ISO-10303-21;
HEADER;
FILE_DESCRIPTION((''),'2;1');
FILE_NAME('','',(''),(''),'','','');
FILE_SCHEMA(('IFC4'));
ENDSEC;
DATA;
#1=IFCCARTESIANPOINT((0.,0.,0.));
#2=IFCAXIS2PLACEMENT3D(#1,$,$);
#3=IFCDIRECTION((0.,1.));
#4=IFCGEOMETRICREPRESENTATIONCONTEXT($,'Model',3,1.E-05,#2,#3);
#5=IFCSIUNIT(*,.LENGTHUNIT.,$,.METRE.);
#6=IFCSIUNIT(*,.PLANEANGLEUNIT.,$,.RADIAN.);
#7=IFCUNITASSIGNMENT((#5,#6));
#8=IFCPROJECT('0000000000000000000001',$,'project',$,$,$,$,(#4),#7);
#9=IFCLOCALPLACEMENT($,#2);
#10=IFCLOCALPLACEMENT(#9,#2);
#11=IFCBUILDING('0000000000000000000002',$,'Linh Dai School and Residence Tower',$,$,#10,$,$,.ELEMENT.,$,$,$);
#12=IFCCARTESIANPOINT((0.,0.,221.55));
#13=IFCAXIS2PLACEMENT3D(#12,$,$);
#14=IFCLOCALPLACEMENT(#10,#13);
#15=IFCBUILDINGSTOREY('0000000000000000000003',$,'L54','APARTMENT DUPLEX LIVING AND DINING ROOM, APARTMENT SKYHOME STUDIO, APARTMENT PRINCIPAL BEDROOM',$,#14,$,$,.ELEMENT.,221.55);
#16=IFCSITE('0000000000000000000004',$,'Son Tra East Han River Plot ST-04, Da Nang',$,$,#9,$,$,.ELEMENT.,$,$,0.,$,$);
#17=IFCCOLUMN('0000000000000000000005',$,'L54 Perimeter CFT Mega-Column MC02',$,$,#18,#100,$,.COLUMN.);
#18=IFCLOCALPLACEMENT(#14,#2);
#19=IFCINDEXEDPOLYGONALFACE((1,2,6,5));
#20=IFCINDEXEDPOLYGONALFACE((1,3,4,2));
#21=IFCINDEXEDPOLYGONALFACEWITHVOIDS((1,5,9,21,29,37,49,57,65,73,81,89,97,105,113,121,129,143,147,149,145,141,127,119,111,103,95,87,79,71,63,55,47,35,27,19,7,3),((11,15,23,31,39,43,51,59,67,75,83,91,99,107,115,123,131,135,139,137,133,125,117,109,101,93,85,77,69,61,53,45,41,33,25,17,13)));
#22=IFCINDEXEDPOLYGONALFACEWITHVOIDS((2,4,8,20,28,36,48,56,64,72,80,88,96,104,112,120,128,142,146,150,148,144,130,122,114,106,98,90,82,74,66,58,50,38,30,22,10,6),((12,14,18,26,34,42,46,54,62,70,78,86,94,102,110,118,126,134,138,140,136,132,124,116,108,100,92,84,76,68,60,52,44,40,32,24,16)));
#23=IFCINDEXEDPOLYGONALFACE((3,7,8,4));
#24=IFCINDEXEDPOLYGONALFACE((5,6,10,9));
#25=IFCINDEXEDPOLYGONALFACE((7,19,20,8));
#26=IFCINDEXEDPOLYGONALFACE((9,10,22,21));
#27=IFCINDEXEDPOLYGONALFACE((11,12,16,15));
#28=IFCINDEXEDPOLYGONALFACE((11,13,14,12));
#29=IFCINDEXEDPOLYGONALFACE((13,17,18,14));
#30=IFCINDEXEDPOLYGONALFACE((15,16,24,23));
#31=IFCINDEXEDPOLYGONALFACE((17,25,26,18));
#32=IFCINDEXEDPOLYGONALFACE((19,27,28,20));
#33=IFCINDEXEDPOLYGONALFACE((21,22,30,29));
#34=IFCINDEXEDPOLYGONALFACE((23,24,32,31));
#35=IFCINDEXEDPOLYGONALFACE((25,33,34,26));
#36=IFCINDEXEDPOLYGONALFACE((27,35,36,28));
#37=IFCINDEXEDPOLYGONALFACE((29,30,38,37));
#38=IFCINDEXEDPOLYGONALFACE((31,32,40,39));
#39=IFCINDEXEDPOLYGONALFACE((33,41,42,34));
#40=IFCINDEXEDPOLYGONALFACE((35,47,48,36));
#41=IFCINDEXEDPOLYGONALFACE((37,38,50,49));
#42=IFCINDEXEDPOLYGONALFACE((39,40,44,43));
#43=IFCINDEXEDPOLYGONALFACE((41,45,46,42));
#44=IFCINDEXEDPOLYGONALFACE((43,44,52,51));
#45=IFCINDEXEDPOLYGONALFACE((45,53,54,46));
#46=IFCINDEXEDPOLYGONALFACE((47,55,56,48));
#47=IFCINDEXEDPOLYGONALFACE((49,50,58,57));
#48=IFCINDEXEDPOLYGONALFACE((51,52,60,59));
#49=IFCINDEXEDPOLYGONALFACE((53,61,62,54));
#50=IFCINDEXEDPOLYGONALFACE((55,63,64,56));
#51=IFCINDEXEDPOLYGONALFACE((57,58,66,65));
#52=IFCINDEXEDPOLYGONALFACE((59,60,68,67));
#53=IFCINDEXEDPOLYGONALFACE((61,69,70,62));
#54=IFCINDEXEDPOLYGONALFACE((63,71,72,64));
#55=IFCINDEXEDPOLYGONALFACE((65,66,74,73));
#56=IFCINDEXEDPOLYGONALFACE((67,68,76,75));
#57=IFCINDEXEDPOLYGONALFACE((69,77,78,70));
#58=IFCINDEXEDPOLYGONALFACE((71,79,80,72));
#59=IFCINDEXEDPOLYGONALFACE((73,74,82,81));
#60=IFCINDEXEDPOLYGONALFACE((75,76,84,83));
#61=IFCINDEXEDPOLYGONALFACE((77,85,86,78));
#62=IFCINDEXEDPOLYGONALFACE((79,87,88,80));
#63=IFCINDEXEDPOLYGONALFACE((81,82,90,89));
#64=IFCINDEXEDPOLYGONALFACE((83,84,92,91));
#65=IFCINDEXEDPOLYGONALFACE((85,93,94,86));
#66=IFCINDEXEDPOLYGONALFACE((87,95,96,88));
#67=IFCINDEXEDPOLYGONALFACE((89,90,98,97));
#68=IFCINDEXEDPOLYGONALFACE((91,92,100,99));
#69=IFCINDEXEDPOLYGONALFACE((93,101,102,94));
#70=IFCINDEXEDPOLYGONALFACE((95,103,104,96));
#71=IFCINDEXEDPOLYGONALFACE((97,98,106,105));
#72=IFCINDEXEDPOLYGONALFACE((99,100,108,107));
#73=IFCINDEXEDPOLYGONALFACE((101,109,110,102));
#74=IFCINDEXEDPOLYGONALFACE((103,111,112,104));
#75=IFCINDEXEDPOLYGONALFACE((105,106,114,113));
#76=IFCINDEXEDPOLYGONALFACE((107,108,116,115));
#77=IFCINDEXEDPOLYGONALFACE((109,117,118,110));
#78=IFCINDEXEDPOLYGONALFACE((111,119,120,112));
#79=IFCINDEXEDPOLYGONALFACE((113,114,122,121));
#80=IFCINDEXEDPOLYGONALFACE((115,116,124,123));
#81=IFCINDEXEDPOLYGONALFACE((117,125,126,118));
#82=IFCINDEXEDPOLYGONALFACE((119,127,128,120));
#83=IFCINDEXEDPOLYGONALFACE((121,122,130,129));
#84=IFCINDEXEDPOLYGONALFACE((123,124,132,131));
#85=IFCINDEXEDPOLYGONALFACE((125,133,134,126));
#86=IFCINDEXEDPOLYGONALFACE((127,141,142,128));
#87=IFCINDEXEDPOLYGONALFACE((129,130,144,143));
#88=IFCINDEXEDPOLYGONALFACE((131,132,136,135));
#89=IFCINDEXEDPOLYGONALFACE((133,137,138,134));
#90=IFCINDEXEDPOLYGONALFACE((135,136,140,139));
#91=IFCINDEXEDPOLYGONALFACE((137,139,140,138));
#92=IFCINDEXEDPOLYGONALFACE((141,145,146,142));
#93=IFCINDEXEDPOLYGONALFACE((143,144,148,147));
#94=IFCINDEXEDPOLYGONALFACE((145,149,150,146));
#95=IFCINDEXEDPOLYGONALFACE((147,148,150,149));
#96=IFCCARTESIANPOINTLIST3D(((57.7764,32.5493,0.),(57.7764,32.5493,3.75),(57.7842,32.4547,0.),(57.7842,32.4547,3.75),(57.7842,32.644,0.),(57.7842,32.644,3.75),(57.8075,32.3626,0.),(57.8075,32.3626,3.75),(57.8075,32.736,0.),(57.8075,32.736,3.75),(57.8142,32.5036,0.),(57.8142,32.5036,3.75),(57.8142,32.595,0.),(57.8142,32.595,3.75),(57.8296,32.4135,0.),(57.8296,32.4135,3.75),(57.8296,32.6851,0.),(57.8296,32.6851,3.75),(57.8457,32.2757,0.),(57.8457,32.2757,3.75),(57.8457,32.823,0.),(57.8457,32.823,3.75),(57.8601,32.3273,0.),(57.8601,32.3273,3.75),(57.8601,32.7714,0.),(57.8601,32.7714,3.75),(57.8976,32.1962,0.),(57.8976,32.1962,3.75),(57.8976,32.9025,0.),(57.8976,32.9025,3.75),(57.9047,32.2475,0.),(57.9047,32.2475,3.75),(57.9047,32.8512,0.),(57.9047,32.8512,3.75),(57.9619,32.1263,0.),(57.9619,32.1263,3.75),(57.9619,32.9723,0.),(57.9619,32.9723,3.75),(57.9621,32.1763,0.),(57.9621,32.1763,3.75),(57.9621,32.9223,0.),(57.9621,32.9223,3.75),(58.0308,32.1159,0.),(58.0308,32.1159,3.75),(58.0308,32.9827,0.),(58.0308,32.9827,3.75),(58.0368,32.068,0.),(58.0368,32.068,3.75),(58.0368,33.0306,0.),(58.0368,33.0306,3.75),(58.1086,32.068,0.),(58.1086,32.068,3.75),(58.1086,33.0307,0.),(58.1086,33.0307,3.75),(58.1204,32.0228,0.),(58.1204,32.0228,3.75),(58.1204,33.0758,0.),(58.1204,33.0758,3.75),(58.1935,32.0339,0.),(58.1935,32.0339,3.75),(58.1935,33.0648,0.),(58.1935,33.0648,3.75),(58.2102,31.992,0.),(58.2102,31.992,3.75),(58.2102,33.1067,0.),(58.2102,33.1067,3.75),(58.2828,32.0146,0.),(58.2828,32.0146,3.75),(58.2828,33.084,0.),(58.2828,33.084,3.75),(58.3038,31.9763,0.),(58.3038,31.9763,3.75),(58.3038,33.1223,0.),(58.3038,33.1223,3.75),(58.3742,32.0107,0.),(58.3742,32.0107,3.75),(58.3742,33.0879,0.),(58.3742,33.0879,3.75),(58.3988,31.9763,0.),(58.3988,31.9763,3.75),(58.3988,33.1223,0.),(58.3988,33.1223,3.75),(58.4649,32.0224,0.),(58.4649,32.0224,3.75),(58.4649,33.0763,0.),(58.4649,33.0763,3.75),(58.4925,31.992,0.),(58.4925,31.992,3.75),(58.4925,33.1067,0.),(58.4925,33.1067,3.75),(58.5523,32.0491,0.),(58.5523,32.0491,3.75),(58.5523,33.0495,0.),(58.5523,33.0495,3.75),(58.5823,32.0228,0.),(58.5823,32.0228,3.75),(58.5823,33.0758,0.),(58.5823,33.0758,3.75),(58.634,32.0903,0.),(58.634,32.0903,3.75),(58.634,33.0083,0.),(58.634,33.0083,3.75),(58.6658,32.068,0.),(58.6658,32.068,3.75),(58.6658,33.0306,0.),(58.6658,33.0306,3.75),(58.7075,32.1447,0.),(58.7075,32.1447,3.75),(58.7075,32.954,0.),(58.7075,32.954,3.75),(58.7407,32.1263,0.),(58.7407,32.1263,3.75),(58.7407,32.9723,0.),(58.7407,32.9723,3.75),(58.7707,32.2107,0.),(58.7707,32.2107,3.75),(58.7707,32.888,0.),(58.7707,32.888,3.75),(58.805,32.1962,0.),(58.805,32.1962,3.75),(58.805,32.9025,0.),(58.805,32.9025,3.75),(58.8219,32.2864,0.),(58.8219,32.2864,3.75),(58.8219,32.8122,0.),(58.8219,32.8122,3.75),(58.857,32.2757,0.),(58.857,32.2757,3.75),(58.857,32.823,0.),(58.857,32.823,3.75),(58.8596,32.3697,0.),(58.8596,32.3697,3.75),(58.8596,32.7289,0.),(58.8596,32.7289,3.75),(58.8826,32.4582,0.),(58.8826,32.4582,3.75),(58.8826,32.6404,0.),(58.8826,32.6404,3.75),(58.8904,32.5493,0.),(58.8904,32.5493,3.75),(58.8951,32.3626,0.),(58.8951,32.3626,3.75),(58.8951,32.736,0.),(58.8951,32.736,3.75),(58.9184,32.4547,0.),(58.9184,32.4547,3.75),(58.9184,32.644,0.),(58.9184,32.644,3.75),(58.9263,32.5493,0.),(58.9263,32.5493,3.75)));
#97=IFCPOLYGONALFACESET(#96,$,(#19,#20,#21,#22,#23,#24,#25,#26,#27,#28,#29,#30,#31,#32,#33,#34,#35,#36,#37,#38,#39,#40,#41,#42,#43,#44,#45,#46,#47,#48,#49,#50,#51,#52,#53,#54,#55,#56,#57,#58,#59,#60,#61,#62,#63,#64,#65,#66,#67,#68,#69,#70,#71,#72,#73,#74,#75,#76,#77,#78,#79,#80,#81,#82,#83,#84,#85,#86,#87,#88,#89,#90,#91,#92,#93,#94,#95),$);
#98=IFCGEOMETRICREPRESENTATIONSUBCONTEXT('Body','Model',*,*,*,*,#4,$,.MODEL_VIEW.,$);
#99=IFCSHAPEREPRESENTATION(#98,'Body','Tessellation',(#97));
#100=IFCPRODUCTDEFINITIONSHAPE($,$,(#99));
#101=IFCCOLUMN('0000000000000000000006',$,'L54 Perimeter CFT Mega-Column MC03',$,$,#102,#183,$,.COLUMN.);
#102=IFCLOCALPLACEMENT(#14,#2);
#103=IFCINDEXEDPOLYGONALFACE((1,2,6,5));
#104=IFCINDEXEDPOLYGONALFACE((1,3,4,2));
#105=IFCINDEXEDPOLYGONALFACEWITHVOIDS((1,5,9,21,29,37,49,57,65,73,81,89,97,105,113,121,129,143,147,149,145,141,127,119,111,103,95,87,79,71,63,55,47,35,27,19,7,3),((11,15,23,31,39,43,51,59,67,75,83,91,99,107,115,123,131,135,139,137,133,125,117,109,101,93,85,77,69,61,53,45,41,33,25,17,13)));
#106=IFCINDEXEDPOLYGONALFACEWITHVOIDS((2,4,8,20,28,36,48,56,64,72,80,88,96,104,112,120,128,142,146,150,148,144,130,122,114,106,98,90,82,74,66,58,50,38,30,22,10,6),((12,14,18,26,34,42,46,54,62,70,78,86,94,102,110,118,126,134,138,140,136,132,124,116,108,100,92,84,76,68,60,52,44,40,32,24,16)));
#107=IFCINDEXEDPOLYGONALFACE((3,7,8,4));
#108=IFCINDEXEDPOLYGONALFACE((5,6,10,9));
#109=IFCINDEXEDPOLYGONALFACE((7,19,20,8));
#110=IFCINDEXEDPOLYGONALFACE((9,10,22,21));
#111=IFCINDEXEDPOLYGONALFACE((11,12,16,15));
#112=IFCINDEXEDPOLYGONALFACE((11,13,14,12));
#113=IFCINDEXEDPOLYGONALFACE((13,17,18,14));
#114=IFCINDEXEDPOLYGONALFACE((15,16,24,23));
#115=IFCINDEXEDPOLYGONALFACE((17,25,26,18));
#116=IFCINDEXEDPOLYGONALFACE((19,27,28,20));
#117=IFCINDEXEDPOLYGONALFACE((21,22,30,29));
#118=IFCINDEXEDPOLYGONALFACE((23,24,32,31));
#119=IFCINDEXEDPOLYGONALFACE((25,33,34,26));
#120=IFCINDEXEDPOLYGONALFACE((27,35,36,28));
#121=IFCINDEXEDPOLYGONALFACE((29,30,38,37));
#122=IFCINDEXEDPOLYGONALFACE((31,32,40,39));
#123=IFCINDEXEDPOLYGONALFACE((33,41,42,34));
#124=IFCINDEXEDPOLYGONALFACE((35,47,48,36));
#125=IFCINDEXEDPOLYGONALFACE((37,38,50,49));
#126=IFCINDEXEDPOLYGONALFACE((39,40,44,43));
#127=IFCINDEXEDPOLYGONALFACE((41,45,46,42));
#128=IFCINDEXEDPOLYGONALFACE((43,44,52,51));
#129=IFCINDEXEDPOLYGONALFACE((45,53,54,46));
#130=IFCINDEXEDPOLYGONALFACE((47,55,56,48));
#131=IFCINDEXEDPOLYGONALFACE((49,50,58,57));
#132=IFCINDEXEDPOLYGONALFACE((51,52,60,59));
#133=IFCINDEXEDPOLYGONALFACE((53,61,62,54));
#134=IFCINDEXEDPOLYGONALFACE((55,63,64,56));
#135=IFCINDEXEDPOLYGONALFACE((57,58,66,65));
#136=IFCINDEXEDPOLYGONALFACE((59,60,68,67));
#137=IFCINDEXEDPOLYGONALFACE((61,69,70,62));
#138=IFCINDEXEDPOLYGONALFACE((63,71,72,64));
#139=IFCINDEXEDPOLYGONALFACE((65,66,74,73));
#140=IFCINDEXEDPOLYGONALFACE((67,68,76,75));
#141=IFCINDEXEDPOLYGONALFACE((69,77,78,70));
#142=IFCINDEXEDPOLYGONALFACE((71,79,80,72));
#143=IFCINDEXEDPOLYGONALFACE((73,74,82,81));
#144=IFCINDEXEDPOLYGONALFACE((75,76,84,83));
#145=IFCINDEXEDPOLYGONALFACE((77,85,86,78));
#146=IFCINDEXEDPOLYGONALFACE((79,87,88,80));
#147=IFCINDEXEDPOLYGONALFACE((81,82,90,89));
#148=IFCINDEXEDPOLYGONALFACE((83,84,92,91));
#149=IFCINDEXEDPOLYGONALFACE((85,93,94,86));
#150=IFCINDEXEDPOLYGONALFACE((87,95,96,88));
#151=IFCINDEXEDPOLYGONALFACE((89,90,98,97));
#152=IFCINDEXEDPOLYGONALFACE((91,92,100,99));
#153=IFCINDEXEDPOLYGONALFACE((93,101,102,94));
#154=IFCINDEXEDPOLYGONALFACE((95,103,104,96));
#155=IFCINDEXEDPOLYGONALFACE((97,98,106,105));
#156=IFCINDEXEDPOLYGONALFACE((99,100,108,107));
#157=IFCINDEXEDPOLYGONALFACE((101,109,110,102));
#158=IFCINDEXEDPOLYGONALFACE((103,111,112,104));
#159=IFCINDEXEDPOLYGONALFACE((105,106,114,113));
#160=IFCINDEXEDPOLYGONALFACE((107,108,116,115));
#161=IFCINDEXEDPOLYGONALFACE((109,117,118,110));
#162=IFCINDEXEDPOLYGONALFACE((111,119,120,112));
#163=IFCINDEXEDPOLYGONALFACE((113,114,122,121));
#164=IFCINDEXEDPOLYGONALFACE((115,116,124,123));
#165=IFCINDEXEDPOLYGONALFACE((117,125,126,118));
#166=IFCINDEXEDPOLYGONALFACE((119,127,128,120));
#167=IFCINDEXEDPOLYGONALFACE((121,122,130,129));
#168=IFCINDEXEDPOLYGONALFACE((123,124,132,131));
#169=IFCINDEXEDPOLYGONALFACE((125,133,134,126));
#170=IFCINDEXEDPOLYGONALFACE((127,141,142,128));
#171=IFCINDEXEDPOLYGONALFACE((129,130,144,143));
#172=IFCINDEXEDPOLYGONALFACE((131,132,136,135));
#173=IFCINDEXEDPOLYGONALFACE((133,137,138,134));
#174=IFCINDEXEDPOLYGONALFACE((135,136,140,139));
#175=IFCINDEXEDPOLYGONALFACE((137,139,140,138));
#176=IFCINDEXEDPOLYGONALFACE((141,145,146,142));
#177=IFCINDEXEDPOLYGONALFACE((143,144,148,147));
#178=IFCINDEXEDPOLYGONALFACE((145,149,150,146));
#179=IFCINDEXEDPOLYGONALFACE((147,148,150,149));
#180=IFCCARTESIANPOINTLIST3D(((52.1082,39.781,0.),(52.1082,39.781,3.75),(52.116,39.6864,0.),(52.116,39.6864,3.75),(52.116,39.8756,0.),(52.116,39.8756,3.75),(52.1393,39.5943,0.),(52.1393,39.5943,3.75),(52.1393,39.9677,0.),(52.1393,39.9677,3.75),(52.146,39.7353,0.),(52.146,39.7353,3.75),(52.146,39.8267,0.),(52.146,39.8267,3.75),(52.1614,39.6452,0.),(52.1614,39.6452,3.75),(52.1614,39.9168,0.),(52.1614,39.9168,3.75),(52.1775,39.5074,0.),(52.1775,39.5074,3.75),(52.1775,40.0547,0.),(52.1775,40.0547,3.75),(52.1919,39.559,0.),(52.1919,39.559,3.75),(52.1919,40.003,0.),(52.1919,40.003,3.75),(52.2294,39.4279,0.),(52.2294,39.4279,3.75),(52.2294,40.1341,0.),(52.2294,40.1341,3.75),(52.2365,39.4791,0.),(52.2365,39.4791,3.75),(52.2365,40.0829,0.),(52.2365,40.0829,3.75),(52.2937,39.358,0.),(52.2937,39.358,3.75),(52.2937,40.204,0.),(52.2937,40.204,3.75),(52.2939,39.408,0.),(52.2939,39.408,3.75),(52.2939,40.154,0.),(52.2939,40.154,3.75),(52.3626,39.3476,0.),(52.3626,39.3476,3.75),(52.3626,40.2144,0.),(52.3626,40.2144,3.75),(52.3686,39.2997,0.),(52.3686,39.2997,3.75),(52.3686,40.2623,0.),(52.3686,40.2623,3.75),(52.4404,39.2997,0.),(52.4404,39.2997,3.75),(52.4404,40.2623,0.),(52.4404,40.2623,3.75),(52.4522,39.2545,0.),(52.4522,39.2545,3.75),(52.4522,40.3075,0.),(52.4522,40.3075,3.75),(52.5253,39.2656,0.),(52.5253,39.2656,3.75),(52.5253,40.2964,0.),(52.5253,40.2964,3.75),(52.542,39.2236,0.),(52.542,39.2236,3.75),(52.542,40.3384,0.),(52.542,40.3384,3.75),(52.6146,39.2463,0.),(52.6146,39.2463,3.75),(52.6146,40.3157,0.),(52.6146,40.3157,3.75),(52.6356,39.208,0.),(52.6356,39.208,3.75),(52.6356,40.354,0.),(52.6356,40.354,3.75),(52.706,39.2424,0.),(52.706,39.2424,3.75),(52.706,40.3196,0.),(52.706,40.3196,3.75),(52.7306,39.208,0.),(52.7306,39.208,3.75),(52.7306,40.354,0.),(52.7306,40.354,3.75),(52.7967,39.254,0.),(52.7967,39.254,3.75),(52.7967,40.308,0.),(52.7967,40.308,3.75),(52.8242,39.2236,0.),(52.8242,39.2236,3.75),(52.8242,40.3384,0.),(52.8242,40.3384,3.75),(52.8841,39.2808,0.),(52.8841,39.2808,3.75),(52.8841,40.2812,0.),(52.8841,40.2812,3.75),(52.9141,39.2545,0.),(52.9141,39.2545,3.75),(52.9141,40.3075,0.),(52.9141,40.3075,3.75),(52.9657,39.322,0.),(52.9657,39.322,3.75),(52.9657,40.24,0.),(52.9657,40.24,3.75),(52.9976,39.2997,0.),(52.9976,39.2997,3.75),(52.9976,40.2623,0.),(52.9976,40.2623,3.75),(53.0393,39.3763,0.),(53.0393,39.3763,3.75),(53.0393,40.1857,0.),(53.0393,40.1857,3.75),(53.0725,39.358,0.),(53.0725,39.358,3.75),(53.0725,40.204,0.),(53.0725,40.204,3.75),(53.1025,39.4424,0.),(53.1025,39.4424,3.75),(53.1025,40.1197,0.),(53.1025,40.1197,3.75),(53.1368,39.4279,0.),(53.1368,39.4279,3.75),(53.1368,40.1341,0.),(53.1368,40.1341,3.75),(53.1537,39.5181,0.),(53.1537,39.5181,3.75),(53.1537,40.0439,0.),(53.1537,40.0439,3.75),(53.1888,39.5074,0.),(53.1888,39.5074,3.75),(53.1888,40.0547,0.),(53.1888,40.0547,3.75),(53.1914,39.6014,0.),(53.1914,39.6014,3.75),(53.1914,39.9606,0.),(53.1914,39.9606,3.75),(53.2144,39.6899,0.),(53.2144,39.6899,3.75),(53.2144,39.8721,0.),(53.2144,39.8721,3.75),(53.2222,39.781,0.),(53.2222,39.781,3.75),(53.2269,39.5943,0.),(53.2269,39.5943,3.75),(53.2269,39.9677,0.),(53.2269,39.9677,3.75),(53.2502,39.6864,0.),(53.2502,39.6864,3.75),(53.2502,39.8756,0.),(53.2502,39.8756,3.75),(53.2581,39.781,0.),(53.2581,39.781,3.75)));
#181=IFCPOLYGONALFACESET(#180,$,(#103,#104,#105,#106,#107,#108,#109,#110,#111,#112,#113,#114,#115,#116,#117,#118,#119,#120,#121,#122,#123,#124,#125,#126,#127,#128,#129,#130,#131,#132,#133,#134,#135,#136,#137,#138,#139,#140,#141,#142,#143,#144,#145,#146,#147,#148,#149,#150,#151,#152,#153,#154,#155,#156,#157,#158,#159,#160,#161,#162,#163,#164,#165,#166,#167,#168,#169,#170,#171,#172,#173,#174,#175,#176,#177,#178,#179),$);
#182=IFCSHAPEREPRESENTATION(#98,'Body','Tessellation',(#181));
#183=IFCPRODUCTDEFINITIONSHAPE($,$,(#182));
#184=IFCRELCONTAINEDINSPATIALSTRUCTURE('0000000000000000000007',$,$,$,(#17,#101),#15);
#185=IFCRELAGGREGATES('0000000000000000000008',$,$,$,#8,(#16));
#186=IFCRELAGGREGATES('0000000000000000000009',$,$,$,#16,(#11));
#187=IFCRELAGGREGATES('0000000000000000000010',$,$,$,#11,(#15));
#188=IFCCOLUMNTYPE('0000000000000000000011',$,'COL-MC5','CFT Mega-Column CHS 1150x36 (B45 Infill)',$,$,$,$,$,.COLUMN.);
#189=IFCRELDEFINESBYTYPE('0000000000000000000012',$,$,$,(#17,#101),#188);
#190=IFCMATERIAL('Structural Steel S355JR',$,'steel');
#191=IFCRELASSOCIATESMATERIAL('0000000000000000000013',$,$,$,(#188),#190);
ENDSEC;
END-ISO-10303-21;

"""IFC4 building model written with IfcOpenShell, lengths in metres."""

from ifc_helpers import new_model, si_unit, direction, frame, origin, origin_2d, place, context, subcontext, project, spatial, hollow_circle, extrude, material, material_profile, profile_set, type_object, element, save


model = new_model("IFC4")

# Units and contexts
model_context = context("Model", 3, precision=1e-05, world=origin(), true_north=direction((0.0, 1.0)))
body_context = subcontext(model_context, "Body", "Model", "MODEL_VIEW")
ifc_project = project(units=[si_unit("LENGTHUNIT", "METRE"), si_unit("PLANEANGLEUNIT", "RADIAN")], contexts=[model_context])

# Site, building, storey
site_placement = place(None, origin())
site = spatial("IfcSite", under=ifc_project, at=site_placement, Name="Son Tra East Han River Plot ST-04, Da Nang", CompositionType="ELEMENT", RefElevation=0.0)
building_placement = place(site_placement, origin())
building = spatial("IfcBuilding", under=site, at=building_placement, Name="Linh Dai School and Residence Tower", CompositionType="ELEMENT")
storey_placement = place(building_placement, frame((0.0, 0.0, 221.55)))
storey = spatial("IfcBuildingStorey", under=building, at=storey_placement, Name="L54", Description="APARTMENT DUPLEX LIVING AND DINING ROOM, APARTMENT SKYHOME STUDIO, APARTMENT PRINCIPAL BEDROOM", CompositionType="ELEMENT", Elevation=221.55)

# Columns
ifc_material_1 = material(Name="Structural Steel S355JR", Category="steel")
ifc_material_profile_1 = material_profile(ifc_material_1, hollow_circle(Radius=0.575, WallThickness=0.0359, at=origin_2d()), Name="CHS 1150x36")
ifc_profile_set_1 = profile_set([ifc_material_profile_1], Name="Structural Steel S355JR")
column_type = type_object("IfcColumnType", Name="COL-MC5", Description="CFT Mega-Column CHS 1150x36 (B45 Infill)", PredefinedType="COLUMN", material=ifc_profile_set_1)
for number, where, z_axis, x_axis, name in (
    (1, (58.3513, 32.5493, 0.0), (0.0, 0.0, 1.0), (1.0, 0.0, 0.0), "L54 Perimeter CFT Mega-Column MC02"),
    (2, (52.6831, 39.781, 0.0), (0.0, 0.0, 1.0), (1.0, 0.0, 0.0), "L54 Perimeter CFT Mega-Column MC03"),
):
    element("IfcColumn", number, at=place(storey_placement, frame(where, z_axis=z_axis, x_axis=x_axis)), inside=storey, type_object=column_type, Name=name, PredefinedType="COLUMN", context=body_context, shape_type="SweptSolid", body=[
        extrude(hollow_circle(Radius=0.575, WallThickness=0.0359, at=origin_2d()), origin(), (0.0, 0.0, 1.0), 3.75),
    ])

save(model, "model.ifc")
